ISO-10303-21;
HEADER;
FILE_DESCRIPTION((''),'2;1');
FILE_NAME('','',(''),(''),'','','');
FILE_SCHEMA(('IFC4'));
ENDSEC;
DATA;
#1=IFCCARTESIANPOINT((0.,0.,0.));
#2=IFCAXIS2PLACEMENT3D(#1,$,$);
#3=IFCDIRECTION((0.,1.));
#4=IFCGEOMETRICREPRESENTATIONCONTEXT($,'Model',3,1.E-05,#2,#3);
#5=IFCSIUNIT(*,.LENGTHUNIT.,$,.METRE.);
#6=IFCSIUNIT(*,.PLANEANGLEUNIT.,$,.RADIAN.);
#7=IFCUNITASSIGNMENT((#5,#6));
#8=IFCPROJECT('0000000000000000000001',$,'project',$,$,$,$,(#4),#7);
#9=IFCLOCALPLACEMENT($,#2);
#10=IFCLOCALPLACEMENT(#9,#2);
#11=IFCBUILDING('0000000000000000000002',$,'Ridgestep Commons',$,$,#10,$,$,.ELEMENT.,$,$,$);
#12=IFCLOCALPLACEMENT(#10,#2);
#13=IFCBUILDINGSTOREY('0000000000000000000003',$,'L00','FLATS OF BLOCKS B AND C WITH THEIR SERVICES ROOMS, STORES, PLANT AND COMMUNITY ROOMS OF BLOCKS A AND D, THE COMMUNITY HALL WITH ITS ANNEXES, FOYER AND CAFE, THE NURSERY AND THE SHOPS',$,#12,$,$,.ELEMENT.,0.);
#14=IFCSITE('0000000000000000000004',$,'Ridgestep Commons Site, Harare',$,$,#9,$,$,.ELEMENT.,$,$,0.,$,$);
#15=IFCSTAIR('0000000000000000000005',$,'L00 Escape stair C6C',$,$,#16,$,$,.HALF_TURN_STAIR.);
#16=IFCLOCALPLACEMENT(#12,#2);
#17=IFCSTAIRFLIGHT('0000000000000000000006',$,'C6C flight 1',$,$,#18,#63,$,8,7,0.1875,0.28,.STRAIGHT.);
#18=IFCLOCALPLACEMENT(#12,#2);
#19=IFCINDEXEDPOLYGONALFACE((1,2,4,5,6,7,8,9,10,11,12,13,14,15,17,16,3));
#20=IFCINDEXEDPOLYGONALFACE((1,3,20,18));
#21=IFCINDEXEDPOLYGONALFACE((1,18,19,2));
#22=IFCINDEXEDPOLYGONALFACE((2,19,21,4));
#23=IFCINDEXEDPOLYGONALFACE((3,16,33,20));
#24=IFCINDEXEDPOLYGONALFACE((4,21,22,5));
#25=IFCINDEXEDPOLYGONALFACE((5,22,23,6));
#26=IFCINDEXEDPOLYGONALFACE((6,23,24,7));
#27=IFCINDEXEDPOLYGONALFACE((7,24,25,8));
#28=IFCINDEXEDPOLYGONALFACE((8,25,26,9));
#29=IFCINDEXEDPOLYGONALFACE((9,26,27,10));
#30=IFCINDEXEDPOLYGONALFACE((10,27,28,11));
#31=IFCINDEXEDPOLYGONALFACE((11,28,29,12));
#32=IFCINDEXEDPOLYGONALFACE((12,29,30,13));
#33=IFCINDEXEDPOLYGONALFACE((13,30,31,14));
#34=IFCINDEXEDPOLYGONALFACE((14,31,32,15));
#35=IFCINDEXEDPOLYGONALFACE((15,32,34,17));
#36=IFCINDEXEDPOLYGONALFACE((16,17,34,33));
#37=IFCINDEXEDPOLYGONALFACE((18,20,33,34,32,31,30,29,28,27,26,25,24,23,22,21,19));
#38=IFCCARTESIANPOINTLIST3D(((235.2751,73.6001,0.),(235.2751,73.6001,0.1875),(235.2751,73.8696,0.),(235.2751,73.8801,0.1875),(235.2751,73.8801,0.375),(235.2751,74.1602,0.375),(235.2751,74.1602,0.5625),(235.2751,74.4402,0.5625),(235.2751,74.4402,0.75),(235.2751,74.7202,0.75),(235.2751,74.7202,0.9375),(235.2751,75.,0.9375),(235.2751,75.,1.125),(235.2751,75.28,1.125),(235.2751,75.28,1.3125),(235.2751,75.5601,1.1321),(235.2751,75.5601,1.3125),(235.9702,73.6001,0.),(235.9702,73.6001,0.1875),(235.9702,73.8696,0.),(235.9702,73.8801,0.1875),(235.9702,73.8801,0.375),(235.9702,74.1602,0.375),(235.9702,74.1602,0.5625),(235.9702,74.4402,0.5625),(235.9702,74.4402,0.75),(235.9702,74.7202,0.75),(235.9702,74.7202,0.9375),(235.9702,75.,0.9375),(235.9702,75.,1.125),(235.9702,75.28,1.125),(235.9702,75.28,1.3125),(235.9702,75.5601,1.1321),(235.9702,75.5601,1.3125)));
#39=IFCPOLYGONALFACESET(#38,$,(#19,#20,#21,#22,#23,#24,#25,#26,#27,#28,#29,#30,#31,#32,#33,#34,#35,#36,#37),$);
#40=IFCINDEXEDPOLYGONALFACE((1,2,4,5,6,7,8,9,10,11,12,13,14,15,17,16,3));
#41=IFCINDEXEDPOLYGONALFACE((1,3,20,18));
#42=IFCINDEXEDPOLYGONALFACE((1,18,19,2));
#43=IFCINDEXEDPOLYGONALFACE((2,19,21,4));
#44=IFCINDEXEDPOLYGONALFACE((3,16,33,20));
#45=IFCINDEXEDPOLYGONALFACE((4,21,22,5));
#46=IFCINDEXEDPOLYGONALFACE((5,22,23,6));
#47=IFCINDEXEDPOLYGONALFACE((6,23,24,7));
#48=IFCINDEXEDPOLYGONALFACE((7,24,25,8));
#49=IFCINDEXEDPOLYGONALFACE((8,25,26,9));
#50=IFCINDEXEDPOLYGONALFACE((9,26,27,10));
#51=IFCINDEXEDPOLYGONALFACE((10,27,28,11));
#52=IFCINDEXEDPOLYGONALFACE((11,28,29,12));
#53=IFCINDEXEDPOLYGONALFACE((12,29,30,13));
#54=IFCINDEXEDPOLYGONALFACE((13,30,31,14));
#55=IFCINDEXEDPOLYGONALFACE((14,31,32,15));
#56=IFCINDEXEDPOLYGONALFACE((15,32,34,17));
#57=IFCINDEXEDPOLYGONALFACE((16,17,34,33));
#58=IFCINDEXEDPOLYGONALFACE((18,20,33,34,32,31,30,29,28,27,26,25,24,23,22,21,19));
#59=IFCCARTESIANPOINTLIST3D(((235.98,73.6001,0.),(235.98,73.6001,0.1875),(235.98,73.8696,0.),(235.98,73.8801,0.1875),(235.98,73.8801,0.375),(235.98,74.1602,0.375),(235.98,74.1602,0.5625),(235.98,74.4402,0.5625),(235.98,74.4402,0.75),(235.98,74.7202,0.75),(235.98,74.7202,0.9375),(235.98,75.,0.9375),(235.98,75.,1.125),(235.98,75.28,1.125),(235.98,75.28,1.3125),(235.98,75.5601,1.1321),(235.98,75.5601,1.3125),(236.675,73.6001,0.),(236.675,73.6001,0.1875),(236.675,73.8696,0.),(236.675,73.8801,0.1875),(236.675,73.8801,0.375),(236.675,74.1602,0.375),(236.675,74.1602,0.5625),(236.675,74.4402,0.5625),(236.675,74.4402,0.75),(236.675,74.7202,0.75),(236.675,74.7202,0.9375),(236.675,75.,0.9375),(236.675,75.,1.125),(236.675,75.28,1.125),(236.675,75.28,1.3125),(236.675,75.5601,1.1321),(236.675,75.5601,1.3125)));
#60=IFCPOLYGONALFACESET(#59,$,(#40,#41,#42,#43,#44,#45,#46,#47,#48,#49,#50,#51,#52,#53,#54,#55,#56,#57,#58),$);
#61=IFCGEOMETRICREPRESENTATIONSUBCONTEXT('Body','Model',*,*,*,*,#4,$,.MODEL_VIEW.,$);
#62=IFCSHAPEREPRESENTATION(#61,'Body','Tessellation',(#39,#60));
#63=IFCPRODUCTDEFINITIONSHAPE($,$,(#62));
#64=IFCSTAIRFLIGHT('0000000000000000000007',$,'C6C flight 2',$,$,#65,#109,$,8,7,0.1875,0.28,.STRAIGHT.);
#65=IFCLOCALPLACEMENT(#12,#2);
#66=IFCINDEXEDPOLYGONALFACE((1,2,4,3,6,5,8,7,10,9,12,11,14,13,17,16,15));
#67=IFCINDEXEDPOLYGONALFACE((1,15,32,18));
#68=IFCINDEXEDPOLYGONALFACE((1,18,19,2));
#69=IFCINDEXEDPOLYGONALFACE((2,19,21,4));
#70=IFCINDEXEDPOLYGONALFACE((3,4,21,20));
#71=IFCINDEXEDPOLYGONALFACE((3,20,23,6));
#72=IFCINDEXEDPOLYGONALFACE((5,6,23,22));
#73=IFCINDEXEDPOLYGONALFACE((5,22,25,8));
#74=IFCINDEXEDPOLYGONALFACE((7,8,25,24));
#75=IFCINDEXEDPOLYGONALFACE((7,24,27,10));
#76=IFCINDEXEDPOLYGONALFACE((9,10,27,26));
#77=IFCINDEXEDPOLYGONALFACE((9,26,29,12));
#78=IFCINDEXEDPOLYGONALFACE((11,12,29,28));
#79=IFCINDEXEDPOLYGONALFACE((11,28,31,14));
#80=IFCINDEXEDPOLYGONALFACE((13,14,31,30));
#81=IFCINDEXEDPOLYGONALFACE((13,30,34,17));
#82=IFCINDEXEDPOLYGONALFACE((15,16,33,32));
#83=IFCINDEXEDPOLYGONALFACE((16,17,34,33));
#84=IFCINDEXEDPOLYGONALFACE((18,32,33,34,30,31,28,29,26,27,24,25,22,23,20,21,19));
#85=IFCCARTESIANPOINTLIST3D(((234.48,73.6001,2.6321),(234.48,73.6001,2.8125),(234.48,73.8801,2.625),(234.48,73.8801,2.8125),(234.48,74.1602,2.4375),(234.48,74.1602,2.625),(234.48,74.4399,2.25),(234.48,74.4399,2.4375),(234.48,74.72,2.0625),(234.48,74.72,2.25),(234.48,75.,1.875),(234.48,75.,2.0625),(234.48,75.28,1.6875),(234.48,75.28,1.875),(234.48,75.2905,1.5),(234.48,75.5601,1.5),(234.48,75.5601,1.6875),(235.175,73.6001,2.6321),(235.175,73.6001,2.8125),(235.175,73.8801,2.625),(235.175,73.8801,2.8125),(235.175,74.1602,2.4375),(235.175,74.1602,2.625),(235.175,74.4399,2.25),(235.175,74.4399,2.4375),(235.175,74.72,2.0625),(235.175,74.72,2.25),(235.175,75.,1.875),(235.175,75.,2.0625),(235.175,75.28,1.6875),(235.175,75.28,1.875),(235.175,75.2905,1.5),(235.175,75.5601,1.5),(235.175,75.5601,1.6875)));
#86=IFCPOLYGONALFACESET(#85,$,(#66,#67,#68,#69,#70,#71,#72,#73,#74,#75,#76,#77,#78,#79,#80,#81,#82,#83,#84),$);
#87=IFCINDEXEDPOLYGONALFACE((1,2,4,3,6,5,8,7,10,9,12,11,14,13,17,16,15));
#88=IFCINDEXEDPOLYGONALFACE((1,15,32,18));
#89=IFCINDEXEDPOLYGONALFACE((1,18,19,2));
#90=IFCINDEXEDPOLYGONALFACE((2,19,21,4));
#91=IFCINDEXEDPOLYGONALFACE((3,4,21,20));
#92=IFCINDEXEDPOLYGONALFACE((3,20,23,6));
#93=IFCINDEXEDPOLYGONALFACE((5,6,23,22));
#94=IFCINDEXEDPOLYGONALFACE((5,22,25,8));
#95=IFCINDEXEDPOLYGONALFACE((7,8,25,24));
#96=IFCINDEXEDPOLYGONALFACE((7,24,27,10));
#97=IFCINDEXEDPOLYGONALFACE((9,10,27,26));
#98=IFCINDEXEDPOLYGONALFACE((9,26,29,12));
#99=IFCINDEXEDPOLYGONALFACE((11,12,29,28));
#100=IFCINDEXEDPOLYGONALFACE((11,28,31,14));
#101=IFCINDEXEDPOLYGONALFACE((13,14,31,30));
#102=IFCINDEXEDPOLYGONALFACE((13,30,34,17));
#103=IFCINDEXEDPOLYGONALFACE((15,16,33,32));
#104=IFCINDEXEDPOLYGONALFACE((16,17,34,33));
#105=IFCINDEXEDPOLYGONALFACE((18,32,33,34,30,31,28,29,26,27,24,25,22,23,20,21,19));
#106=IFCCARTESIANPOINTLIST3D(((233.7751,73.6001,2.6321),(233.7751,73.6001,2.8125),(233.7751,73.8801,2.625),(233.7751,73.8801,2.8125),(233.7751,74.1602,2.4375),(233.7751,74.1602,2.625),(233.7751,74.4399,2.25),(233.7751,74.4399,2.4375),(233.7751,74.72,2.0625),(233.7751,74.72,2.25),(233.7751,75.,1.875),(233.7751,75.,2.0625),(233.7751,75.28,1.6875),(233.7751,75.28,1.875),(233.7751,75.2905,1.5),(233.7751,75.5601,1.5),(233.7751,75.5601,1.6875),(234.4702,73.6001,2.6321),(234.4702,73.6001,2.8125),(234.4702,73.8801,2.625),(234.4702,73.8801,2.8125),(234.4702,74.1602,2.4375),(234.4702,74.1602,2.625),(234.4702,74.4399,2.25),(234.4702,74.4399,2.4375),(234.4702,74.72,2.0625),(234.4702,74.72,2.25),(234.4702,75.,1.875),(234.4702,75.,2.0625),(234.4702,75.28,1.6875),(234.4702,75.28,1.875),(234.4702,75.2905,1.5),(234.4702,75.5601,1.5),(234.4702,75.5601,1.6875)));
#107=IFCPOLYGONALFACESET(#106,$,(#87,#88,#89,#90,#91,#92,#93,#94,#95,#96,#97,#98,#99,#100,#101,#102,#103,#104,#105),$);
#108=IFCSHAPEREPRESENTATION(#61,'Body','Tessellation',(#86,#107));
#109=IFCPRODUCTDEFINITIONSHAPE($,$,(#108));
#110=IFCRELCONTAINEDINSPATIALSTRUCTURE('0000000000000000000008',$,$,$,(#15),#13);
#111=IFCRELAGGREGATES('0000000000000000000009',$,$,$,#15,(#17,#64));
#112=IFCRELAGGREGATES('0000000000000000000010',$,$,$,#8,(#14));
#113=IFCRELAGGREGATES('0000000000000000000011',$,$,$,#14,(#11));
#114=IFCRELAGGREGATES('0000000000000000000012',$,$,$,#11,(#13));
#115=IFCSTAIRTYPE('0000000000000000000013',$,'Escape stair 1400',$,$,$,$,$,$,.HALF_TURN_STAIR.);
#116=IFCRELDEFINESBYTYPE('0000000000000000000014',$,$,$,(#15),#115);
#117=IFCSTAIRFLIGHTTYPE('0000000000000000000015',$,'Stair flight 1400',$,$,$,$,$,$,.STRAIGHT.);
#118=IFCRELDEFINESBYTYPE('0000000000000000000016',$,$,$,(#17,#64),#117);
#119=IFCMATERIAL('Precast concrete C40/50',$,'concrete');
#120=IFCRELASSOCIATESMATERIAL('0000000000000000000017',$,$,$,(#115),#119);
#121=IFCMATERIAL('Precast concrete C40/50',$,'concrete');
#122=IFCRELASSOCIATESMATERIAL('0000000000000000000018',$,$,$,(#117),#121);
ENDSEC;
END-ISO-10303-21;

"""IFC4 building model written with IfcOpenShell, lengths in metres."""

from ifc_helpers import new_model, si_unit, direction, frame, origin, place, context, subcontext, project, spatial, polyline, outline, extrude, material, type_object, element, aggregate, save


model = new_model("IFC4")

# Units and contexts
model_context = context("Model", 3, precision=1e-05, world=origin(), true_north=direction((0.0, 1.0)))
body_context = subcontext(model_context, "Body", "Model", "MODEL_VIEW")
ifc_project = project(units=[si_unit("LENGTHUNIT", "METRE"), si_unit("PLANEANGLEUNIT", "RADIAN")], contexts=[model_context])

# Site, building, storey
site_placement = place(None, origin())
site = spatial("IfcSite", under=ifc_project, at=site_placement, Name="Ridgestep Commons Site, Harare", CompositionType="ELEMENT", RefElevation=0.0)
building_placement = place(site_placement, origin())
building = spatial("IfcBuilding", under=site, at=building_placement, Name="Ridgestep Commons", CompositionType="ELEMENT")
storey_placement = place(building_placement, origin())
storey = spatial("IfcBuildingStorey", under=building, at=storey_placement, Name="L00", Description="FLATS OF BLOCKS B AND C WITH THEIR SERVICES ROOMS, STORES, PLANT AND COMMUNITY ROOMS OF BLOCKS A AND D, THE COMMUNITY HALL WITH ITS ANNEXES, FOYER AND CAFE, THE NURSERY AND THE SHOPS", CompositionType="ELEMENT", Elevation=0.0)

# Stair, stair flights
ifc_material_1 = material(Name="Precast concrete C40/50", Category="concrete")
stair_type = type_object("IfcStairType", Name="Escape stair 1400", PredefinedType="HALF_TURN_STAIR", material=ifc_material_1)
stair_placement = place(storey_placement, origin())
stair = element("IfcStair", 1, at=stair_placement, inside=storey, type_object=stair_type, Name="L00 Escape stair C6C", PredefinedType="HALF_TURN_STAIR")
ifc_material_2 = material(Name="Precast concrete C40/50", Category="concrete")
stair_flight_type = type_object("IfcStairFlightType", Name="Stair flight 1400", PredefinedType="STRAIGHT", material=ifc_material_2)
stair_flight_1_placement = place(storey_placement, frame((235.9751, 73.6001, 0.0), z_axis=(0.0, 0.0, 1.0), x_axis=(0.0, 1.0, 0.0)))
stair_flight_1 = element("IfcStairFlight", 2, at=stair_flight_1_placement, type_object=stair_flight_type, Name="C6C flight 1", NumberOfRisers=8, NumberOfTreads=7, PredefinedType="STRAIGHT", RiserHeight=0.1875, TreadLength=0.28, context=body_context, shape_type="SweptSolid", body=[
    extrude(outline(polyline([(0.0, 0.0), (0.0, 0.1875), (0.28, 0.1875), (0.28, 0.375), (0.5601, 0.375), (0.5601, 0.5625), (0.8401, 0.5625), (0.8401, 0.75), (1.1201, 0.75), (1.1201, 0.9375), (1.3999, 0.9375), (1.3999, 1.125), (1.6799, 1.125), (1.6799, 1.3125), (1.96, 1.3125), (1.96, 1.5), (1.96, 1.1321), (0.2695, 0.0), (0.0, 0.0)])), frame((0.0, 0.7, 0.0), z_axis=(0.0, -1.0, 0.0), x_axis=(1.0, 0.0, 0.0)), (0.0, 0.0, 1.0), 0.6951),
    extrude(outline(polyline([(0.0, 0.0), (0.0, 0.1875), (0.28, 0.1875), (0.28, 0.375), (0.5601, 0.375), (0.5601, 0.5625), (0.8401, 0.5625), (0.8401, 0.75), (1.1201, 0.75), (1.1201, 0.9375), (1.3999, 0.9375), (1.3999, 1.125), (1.6799, 1.125), (1.6799, 1.3125), (1.96, 1.3125), (1.96, 1.5), (1.96, 1.1321), (0.2695, 0.0), (0.0, 0.0)])), frame((0.0, -0.0049, 0.0), z_axis=(0.0, -1.0, 0.0), x_axis=(1.0, 0.0, 0.0)), (0.0, 0.0, 1.0), 0.6951),
])
stair_flight_2_placement = place(storey_placement, frame((234.4751, 75.5601, 1.5), z_axis=(0.0, 0.0, 1.0), x_axis=(0.0, -1.0, 0.0)))
stair_flight_2 = element("IfcStairFlight", 3, at=stair_flight_2_placement, type_object=stair_flight_type, Name="C6C flight 2", NumberOfRisers=8, NumberOfTreads=7, PredefinedType="STRAIGHT", RiserHeight=0.1875, TreadLength=0.28, context=body_context, shape_type="SweptSolid", body=[
    extrude(outline(polyline([(0.0, 0.0), (0.0, 0.1875), (0.28, 0.1875), (0.28, 0.375), (0.5601, 0.375), (0.5601, 0.5625), (0.8401, 0.5625), (0.8401, 0.75), (1.1201, 0.75), (1.1201, 0.9375), (1.3999, 0.9375), (1.3999, 1.125), (1.6799, 1.125), (1.6799, 1.3125), (1.96, 1.3125), (1.96, 1.5), (1.96, 1.1321), (0.2695, 0.0), (0.0, 0.0)])), frame((0.0, 0.7, 0.0), z_axis=(0.0, -1.0, 0.0), x_axis=(1.0, 0.0, 0.0)), (0.0, 0.0, 1.0), 0.6951),
    extrude(outline(polyline([(0.0, 0.0), (0.0, 0.1875), (0.28, 0.1875), (0.28, 0.375), (0.5601, 0.375), (0.5601, 0.5625), (0.8401, 0.5625), (0.8401, 0.75), (1.1201, 0.75), (1.1201, 0.9375), (1.3999, 0.9375), (1.3999, 1.125), (1.6799, 1.125), (1.6799, 1.3125), (1.96, 1.3125), (1.96, 1.5), (1.96, 1.1321), (0.2695, 0.0), (0.0, 0.0)])), frame((0.0, -0.0049, 0.0), z_axis=(0.0, -1.0, 0.0), x_axis=(1.0, 0.0, 0.0)), (0.0, 0.0, 1.0), 0.6951),
])
aggregate(stair, [stair_flight_1, stair_flight_2])

save(model, "model.ifc")
